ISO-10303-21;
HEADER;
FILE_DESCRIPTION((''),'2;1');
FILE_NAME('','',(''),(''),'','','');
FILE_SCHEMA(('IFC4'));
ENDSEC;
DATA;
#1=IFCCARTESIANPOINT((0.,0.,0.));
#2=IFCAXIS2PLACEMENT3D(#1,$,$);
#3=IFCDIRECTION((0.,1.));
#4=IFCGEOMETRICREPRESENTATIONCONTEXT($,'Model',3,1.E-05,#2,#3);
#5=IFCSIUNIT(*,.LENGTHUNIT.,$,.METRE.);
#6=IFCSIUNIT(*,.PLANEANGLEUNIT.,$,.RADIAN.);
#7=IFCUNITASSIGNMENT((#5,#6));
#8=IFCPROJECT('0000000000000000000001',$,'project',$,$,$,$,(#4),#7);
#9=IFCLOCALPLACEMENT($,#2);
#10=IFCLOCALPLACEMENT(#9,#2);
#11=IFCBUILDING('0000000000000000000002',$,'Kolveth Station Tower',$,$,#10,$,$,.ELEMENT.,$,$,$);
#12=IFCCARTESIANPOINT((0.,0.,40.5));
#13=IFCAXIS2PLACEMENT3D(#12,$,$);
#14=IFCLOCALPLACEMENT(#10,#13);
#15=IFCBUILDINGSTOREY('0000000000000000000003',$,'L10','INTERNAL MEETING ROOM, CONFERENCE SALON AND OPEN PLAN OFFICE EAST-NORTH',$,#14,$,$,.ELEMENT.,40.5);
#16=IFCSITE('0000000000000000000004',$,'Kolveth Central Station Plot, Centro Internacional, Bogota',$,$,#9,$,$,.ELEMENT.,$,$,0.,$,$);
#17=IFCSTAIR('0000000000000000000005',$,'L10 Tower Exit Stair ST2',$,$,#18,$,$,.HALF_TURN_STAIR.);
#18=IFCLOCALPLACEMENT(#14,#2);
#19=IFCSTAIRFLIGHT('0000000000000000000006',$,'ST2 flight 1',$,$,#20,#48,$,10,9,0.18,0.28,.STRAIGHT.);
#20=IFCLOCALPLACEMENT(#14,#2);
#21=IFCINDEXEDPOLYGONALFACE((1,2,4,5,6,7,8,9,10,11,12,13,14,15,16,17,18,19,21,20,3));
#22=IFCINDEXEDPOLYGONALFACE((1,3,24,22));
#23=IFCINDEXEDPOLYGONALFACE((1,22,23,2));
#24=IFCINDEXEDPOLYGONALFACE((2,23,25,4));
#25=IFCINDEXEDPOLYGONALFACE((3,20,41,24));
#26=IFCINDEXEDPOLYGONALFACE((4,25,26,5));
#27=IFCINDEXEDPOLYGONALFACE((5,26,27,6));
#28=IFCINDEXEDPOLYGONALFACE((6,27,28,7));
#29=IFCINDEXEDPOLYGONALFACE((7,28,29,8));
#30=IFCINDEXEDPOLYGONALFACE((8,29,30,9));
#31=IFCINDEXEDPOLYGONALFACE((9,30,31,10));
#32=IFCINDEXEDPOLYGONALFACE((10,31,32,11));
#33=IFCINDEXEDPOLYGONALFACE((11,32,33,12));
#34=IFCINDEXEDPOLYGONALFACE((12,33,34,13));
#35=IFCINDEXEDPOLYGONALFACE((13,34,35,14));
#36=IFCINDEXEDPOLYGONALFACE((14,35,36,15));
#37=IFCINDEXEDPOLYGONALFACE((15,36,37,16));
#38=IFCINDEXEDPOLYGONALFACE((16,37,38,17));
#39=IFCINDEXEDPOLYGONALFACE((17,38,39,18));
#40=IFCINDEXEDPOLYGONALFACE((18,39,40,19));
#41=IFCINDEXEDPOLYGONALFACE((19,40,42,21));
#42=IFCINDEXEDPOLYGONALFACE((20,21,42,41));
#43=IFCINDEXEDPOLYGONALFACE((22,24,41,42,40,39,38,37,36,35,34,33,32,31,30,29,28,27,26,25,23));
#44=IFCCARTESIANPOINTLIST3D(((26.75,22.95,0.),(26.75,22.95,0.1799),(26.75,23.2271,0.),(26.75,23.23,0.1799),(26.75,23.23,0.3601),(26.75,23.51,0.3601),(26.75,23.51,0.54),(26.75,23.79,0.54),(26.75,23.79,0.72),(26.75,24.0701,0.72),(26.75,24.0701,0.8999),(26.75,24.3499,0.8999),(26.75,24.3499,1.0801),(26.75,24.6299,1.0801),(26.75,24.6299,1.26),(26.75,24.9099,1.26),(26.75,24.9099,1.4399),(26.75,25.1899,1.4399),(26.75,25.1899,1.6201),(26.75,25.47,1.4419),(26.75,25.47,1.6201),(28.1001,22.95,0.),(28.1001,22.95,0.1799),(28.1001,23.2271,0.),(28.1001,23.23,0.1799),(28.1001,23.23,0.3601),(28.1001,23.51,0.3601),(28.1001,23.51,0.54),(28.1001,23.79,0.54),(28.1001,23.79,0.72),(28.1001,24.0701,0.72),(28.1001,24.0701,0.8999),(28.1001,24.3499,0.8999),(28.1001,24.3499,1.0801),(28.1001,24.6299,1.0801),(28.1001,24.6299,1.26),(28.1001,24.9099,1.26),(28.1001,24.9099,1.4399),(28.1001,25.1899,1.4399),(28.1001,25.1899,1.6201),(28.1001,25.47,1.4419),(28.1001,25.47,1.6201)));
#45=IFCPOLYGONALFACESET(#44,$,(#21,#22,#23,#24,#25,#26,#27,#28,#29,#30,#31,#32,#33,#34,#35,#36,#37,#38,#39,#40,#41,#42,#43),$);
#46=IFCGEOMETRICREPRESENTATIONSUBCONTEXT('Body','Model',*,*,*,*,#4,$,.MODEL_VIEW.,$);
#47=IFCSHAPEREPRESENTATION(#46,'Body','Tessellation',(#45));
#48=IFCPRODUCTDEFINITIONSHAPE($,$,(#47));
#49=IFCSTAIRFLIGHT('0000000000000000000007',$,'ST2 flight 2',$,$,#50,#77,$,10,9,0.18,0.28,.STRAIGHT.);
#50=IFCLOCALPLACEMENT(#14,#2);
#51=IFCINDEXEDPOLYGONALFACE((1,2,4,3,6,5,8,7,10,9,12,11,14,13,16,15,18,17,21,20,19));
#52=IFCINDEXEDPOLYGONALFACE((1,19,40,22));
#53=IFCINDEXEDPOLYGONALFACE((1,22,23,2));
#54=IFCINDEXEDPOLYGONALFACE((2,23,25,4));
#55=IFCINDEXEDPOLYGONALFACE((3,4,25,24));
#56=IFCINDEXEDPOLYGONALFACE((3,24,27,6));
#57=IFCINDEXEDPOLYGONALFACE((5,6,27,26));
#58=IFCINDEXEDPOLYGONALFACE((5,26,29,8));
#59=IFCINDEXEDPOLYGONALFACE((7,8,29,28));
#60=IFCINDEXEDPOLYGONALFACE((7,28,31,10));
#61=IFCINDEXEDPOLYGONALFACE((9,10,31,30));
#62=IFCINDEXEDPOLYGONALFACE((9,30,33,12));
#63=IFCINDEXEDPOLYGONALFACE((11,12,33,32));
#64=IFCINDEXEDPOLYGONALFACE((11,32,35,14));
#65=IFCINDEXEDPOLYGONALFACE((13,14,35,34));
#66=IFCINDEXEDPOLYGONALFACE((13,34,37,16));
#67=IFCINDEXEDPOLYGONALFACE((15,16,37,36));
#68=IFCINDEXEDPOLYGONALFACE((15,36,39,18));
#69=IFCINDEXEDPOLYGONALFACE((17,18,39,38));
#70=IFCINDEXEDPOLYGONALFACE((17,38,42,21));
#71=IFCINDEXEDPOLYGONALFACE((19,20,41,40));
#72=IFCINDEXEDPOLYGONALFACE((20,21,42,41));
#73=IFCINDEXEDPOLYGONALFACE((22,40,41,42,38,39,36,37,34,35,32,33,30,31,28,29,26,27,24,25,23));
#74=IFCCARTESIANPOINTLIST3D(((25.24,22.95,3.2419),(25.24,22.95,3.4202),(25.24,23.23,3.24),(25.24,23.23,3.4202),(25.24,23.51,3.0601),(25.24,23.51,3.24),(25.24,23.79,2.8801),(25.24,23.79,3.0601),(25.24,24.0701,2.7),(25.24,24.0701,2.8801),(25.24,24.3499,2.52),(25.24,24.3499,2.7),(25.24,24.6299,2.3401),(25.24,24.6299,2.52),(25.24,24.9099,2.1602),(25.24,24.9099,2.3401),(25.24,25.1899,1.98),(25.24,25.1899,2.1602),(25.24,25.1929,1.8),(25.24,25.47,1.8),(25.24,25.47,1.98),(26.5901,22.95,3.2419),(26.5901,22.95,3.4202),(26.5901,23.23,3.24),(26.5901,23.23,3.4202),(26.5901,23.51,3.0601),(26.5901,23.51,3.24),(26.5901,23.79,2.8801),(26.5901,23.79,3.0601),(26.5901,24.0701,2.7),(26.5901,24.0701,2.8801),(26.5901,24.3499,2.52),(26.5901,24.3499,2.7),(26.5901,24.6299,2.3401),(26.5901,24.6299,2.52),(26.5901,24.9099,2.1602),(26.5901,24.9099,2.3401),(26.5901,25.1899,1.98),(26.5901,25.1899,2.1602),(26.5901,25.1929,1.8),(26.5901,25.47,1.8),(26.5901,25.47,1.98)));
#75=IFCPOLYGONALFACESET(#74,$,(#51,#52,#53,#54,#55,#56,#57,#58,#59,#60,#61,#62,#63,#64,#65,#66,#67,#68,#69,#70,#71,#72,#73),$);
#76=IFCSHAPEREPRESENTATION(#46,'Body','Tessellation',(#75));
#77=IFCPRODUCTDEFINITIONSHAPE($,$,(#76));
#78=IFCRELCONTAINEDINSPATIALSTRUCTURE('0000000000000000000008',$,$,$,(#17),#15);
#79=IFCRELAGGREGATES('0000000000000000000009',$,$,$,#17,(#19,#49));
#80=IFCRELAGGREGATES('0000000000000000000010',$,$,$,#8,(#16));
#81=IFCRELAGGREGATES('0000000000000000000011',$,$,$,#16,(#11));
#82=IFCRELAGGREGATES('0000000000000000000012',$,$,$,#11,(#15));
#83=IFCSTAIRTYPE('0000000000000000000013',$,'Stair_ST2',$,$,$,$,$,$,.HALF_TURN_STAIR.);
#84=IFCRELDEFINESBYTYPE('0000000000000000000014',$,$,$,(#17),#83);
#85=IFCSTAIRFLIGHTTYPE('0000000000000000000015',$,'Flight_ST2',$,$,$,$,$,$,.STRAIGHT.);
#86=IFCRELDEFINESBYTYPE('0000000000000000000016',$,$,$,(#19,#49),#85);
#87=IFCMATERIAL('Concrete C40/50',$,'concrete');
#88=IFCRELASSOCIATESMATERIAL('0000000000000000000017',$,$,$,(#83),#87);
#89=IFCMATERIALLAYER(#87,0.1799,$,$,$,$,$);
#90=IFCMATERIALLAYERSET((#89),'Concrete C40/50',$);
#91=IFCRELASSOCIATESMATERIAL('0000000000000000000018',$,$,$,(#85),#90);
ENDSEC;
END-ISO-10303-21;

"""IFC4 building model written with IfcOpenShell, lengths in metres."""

from ifc_helpers import new_model, si_unit, direction, frame, origin, place, context, subcontext, project, spatial, polyline, outline, extrude, material, layer, layer_set, type_object, element, aggregate, save


model = new_model("IFC4")

# Units and contexts
model_context = context("Model", 3, precision=1e-05, world=origin(), true_north=direction((0.0, 1.0)))
body_context = subcontext(model_context, "Body", "Model", "MODEL_VIEW")
ifc_project = project(units=[si_unit("LENGTHUNIT", "METRE"), si_unit("PLANEANGLEUNIT", "RADIAN")], contexts=[model_context])

# Site, building, storey
site_placement = place(None, origin())
site = spatial("IfcSite", under=ifc_project, at=site_placement, Name="Kolveth Central Station Plot, Centro Internacional, Bogota", CompositionType="ELEMENT", RefElevation=0.0)
building_placement = place(site_placement, origin())
building = spatial("IfcBuilding", under=site, at=building_placement, Name="Kolveth Station Tower", CompositionType="ELEMENT")
storey_placement = place(building_placement, frame((0.0, 0.0, 40.5)))
storey = spatial("IfcBuildingStorey", under=building, at=storey_placement, Name="L10", Description="INTERNAL MEETING ROOM, CONFERENCE SALON AND OPEN PLAN OFFICE EAST-NORTH", CompositionType="ELEMENT", Elevation=40.5)

# Shared definitions
ifc_material_1 = material(Name="Concrete C40/50", Category="concrete")

# Stair, stair flights
stair_type = type_object("IfcStairType", Name="Stair_ST2", PredefinedType="HALF_TURN_STAIR", material=ifc_material_1)
stair_placement = place(storey_placement, origin())
stair = element("IfcStair", 1, at=stair_placement, inside=storey, type_object=stair_type, Name="L10 Tower Exit Stair ST2", PredefinedType="HALF_TURN_STAIR")
ifc_layer_1 = layer(ifc_material_1, 0.1799)
ifc_layer_set_1 = layer_set([ifc_layer_1], Name="Concrete C40/50")
stair_flight_type = type_object("IfcStairFlightType", Name="Flight_ST2", PredefinedType="STRAIGHT", material=ifc_layer_set_1)
stair_flight_1_placement = place(storey_placement, frame((27.425, 22.95, 0.0), z_axis=(0.0, 0.0, 1.0), x_axis=(0.0, 1.0, 0.0)))
stair_flight_1 = element("IfcStairFlight", 2, at=stair_flight_1_placement, type_object=stair_flight_type, Name="ST2 flight 1", NumberOfRisers=10, NumberOfTreads=9, PredefinedType="STRAIGHT", RiserHeight=0.18, TreadLength=0.28, context=body_context, shape_type="SweptSolid", body=[
    extrude(outline(polyline([(0.0, 0.0), (0.0, 0.1799), (0.28, 0.1799), (0.28, 0.3601), (0.5601, 0.3601), (0.5601, 0.54), (0.8401, 0.54), (0.8401, 0.72), (1.1201, 0.72), (1.1201, 0.8999), (1.3999, 0.8999), (1.3999, 1.0801), (1.6799, 1.0801), (1.6799, 1.26), (1.96, 1.26), (1.96, 1.4399), (2.24, 1.4399), (2.24, 1.6201), (2.52, 1.6201), (2.52, 1.8), (2.52, 1.4419), (0.2771, 0.0), (0.0, 0.0)])), frame((0.0, 0.675, 0.0), z_axis=(0.0, -1.0, 0.0), x_axis=(1.0, 0.0, 0.0)), (0.0, 0.0, 1.0), 1.3501),
])
stair_flight_2_placement = place(storey_placement, frame((25.915, 25.47, 1.8), z_axis=(0.0, 0.0, 1.0), x_axis=(0.0, -1.0, 0.0)))
stair_flight_2 = element("IfcStairFlight", 3, at=stair_flight_2_placement, type_object=stair_flight_type, Name="ST2 flight 2", NumberOfRisers=10, NumberOfTreads=9, PredefinedType="STRAIGHT", RiserHeight=0.18, TreadLength=0.28, context=body_context, shape_type="SweptSolid", body=[
    extrude(outline(polyline([(0.0, 0.0), (0.0, 0.1799), (0.28, 0.1799), (0.28, 0.3601), (0.5601, 0.3601), (0.5601, 0.54), (0.8401, 0.54), (0.8401, 0.72), (1.1201, 0.72), (1.1201, 0.8999), (1.3999, 0.8999), (1.3999, 1.0801), (1.6799, 1.0801), (1.6799, 1.26), (1.96, 1.26), (1.96, 1.4399), (2.24, 1.4399), (2.24, 1.6201), (2.52, 1.6201), (2.52, 1.8), (2.52, 1.4419), (0.2771, 0.0), (0.0, 0.0)])), frame((0.0, 0.675, 0.0), z_axis=(0.0, -1.0, 0.0), x_axis=(1.0, 0.0, 0.0)), (0.0, 0.0, 1.0), 1.3501),
])
aggregate(stair, [stair_flight_1, stair_flight_2])

save(model, "model.ifc")
